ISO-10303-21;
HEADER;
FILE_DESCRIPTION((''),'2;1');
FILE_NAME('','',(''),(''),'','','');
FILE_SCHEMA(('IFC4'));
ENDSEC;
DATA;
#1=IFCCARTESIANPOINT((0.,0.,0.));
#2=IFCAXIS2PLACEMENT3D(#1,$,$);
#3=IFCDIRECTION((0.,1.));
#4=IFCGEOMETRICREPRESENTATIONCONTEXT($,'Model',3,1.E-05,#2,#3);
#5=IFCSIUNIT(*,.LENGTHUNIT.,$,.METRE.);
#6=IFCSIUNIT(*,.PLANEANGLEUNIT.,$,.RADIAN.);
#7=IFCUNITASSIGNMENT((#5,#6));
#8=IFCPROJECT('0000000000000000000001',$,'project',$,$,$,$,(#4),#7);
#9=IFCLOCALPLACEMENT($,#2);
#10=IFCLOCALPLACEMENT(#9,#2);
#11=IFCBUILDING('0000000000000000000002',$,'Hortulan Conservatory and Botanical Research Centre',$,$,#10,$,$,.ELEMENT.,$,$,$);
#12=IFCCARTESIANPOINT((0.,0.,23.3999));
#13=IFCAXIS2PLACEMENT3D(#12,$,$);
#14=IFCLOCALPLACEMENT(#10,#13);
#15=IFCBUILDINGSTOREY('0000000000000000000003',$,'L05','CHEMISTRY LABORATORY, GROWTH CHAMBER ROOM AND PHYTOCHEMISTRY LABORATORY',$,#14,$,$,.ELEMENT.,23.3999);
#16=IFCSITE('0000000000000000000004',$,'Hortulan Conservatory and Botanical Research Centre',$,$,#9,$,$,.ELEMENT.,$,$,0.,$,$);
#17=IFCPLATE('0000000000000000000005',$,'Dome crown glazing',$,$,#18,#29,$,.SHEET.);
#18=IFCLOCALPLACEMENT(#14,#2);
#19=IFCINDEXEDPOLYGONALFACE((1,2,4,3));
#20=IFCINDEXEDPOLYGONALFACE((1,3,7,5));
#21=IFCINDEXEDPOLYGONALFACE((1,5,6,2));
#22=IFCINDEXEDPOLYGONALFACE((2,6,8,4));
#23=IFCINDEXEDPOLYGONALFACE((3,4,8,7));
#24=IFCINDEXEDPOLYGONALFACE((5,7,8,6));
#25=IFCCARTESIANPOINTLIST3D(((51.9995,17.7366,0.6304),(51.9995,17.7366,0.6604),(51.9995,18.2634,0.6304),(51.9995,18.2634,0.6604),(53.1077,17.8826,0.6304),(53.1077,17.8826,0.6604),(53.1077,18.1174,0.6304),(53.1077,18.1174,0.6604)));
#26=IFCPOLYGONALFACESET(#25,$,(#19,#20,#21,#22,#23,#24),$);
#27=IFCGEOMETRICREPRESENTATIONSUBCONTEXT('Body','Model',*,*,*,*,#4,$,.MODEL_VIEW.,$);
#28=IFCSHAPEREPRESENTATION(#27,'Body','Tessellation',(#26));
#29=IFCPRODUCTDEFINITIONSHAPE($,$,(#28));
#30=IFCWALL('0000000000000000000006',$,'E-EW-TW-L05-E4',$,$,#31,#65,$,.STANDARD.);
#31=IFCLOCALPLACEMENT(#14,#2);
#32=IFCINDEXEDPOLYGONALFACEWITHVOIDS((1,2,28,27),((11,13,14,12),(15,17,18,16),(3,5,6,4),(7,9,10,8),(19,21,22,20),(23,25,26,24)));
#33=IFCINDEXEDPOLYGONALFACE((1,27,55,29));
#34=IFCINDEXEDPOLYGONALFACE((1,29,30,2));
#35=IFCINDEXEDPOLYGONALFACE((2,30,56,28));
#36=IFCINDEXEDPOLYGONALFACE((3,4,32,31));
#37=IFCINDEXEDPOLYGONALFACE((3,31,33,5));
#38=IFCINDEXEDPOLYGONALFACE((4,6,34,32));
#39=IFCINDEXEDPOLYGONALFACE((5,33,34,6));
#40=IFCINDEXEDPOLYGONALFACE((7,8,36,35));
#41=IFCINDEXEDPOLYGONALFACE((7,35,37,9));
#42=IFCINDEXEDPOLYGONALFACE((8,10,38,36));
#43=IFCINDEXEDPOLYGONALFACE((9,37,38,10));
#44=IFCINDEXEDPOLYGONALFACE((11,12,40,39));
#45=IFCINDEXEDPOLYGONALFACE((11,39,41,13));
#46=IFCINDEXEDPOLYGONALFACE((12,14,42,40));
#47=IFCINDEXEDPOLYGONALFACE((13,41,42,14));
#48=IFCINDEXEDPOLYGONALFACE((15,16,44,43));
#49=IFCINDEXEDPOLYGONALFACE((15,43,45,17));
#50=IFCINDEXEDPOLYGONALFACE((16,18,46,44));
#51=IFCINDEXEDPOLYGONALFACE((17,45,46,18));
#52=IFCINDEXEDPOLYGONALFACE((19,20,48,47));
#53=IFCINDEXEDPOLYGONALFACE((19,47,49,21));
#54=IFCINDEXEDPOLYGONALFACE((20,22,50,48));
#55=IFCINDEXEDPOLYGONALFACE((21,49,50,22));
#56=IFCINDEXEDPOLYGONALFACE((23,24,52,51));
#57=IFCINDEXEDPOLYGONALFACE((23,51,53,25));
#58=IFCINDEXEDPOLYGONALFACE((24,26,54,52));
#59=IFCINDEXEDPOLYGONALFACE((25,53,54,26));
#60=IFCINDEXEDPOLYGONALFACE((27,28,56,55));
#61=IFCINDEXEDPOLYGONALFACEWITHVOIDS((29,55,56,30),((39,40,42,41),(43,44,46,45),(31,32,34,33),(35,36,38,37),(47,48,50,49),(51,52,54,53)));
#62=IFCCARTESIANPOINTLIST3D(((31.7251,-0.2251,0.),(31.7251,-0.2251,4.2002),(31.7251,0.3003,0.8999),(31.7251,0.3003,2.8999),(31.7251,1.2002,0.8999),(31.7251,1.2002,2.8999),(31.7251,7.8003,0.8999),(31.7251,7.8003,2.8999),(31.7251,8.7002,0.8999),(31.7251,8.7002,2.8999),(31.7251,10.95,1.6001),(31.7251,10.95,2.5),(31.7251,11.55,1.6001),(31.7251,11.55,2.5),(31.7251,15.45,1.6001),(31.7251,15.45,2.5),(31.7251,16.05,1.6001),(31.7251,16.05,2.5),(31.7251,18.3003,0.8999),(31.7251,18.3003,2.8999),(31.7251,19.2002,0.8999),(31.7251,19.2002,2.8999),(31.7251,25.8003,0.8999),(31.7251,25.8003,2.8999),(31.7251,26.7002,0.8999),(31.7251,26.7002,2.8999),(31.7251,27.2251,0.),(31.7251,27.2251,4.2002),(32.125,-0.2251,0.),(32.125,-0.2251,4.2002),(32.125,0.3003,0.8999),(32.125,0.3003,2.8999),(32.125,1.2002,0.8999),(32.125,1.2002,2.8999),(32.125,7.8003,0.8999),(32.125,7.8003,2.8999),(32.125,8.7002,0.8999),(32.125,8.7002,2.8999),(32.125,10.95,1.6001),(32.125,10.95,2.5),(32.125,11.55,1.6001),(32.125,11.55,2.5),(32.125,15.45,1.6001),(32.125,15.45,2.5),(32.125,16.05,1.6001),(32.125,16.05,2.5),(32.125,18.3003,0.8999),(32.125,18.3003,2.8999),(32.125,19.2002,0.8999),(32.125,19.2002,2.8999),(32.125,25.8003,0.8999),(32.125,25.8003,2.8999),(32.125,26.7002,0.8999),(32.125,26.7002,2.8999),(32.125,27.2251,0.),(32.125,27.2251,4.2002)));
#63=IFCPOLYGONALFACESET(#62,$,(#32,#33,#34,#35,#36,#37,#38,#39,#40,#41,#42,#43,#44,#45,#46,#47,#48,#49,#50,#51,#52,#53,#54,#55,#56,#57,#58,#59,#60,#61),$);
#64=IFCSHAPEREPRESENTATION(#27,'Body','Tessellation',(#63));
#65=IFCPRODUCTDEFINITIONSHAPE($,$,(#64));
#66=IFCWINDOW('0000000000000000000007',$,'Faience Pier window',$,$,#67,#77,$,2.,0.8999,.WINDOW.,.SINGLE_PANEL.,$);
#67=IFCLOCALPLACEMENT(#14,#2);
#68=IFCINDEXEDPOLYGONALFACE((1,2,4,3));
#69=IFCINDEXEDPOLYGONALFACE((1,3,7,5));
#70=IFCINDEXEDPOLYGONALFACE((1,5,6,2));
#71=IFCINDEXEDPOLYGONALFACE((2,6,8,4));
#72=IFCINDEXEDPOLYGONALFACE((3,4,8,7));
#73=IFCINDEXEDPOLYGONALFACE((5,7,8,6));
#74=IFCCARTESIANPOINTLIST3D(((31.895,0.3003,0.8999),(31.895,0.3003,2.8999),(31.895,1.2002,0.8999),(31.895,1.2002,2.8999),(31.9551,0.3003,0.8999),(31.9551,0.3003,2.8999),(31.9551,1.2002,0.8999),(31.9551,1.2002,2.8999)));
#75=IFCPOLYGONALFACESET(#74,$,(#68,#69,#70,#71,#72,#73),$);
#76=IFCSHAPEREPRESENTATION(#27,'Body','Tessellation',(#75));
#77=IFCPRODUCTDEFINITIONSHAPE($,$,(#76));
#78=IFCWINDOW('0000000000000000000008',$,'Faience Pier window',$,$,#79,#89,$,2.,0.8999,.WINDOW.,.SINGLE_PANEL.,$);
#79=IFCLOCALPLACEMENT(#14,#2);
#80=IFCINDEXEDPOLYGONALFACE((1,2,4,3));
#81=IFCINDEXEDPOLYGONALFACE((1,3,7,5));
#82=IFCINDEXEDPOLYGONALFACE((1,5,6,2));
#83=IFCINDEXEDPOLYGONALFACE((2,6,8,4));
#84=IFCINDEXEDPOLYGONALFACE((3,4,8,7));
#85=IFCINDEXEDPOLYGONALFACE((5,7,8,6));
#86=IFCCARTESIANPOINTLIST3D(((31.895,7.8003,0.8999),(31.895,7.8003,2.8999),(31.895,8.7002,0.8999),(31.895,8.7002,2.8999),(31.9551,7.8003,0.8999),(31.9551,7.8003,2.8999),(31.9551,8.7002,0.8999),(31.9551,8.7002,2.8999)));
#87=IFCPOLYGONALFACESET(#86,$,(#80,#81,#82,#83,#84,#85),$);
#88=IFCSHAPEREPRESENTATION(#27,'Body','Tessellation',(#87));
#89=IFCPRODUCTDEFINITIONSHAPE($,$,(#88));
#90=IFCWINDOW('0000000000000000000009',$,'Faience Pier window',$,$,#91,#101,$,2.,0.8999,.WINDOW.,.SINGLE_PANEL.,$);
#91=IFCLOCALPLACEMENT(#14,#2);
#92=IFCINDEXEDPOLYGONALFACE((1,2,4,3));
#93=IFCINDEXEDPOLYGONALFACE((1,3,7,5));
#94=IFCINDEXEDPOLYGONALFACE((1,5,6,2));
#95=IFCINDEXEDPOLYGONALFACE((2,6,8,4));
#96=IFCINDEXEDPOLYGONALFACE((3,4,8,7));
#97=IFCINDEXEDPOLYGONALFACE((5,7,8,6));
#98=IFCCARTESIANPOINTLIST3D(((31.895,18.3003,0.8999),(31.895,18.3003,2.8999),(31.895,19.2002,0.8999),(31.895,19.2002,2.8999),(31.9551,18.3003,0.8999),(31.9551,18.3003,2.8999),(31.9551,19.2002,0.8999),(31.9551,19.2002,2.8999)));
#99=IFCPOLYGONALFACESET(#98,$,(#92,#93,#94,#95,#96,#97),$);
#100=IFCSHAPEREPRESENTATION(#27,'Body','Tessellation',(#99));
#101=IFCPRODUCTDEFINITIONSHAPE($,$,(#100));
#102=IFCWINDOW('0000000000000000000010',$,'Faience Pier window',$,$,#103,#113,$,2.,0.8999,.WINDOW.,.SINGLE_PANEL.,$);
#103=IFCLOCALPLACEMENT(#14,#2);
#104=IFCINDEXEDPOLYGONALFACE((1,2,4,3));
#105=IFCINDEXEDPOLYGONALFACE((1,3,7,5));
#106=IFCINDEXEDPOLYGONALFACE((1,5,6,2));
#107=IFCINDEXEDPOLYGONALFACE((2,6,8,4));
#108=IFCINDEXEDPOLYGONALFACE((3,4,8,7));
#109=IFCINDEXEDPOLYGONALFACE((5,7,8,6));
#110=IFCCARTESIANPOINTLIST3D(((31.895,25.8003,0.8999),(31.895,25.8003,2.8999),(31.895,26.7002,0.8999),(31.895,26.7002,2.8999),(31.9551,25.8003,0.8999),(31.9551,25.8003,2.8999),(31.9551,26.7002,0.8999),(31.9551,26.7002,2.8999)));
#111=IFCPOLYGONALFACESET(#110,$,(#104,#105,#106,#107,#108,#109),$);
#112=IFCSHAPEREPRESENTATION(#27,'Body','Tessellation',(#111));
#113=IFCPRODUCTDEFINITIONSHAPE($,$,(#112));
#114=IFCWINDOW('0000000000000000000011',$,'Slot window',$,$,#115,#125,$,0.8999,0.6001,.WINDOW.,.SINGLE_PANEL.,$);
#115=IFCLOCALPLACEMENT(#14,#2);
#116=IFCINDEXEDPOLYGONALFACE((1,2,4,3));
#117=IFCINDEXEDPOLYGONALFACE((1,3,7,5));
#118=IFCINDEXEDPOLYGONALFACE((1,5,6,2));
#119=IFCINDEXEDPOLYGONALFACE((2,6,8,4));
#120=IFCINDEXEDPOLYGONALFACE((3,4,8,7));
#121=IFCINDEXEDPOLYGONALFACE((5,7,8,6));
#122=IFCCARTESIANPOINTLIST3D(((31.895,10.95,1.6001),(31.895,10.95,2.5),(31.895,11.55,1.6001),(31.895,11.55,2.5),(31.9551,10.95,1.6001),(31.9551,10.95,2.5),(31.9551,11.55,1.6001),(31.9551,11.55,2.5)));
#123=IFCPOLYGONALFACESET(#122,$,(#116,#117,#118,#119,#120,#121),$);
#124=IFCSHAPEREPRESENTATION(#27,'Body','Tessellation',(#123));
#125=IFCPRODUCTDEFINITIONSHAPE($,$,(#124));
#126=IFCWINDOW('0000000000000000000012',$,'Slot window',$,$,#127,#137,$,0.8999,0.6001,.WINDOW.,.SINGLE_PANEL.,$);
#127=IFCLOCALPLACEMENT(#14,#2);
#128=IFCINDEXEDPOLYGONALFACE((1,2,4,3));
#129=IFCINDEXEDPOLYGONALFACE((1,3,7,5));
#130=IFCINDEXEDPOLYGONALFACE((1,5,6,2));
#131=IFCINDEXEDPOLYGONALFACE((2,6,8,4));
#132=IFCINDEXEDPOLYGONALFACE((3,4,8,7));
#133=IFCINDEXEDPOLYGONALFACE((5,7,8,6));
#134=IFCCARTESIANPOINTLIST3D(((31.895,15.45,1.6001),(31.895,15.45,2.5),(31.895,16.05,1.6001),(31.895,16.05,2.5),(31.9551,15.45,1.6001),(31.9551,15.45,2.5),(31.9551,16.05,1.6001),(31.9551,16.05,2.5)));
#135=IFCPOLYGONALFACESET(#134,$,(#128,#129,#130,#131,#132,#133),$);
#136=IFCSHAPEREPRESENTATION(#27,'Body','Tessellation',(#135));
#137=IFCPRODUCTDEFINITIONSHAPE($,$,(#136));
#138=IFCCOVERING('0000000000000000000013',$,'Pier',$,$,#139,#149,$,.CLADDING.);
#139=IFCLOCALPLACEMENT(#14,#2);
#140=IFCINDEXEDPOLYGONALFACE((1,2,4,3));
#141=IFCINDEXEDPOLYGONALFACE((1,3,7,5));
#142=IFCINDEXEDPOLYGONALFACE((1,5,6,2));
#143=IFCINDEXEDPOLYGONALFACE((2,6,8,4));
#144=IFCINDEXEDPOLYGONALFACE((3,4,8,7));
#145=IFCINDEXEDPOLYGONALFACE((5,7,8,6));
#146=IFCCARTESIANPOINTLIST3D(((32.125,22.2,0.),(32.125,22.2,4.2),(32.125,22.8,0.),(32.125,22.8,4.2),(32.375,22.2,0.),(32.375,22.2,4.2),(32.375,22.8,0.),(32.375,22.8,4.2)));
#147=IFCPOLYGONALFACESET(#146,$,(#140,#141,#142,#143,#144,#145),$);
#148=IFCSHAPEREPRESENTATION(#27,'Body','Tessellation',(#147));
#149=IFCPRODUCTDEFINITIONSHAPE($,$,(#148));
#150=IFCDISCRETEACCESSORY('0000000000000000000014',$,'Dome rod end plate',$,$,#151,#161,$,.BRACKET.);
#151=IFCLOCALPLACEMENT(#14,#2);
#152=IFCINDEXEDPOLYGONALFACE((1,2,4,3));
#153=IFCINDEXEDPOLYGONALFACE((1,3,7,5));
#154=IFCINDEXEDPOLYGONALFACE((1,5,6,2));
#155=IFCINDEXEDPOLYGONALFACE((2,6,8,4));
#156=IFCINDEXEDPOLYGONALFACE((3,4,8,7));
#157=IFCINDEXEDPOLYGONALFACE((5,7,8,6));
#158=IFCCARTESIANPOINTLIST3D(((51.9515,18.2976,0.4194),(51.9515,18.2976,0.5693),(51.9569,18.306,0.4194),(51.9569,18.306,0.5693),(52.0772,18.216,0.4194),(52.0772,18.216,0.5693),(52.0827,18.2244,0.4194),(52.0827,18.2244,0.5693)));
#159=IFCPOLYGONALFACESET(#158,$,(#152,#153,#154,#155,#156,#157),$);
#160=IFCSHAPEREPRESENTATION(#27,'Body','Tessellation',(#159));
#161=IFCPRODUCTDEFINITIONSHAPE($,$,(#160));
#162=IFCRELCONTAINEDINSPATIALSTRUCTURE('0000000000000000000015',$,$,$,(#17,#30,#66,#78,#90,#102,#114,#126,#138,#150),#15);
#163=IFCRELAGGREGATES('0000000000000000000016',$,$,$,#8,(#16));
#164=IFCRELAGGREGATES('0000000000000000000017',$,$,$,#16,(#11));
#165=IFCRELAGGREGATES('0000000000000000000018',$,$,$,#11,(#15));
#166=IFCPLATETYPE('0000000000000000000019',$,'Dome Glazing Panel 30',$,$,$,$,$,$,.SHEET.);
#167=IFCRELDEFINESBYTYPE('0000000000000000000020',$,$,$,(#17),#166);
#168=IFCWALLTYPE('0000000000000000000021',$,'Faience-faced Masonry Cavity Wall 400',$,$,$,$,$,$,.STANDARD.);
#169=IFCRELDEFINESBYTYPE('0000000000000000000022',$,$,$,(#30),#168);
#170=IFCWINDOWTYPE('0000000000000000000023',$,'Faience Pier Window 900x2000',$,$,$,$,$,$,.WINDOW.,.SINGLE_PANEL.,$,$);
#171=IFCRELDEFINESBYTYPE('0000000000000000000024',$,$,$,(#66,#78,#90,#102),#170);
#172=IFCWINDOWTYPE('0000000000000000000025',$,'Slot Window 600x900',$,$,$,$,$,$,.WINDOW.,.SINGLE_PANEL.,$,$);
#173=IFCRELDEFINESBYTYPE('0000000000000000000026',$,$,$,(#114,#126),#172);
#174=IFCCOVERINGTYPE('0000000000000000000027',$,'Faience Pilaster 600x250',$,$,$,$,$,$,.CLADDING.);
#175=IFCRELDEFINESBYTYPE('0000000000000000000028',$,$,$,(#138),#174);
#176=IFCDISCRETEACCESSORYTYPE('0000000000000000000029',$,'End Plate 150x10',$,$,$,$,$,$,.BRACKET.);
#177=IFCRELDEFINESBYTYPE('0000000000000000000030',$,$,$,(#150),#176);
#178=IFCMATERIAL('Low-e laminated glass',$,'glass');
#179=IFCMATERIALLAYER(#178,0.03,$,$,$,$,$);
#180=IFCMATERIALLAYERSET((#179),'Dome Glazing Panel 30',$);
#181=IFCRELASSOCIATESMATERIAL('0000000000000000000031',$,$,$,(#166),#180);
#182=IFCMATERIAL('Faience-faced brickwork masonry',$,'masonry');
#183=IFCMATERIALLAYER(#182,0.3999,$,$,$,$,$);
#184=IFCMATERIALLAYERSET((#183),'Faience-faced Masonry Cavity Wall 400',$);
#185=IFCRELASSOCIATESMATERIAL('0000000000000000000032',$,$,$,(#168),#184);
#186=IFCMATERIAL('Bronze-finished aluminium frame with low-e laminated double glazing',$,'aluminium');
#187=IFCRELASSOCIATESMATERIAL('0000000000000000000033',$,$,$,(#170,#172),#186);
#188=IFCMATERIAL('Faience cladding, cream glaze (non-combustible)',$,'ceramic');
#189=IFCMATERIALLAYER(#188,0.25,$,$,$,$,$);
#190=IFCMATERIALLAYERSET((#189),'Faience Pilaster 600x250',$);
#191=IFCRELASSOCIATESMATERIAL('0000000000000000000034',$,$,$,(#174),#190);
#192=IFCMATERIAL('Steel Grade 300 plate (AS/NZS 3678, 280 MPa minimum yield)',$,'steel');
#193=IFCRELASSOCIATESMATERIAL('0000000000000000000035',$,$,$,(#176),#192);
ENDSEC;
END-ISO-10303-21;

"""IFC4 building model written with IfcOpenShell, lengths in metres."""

from ifc_helpers import new_model, si_unit, direction, frame, frame_2d, origin, origin_2d, place, context, subcontext, project, spatial, polyline, rectangle, outline, extrude, material, layer, layer_set, type_object, element, fill, save


model = new_model("IFC4")

# Units and contexts
model_context = context("Model", 3, precision=1e-05, world=origin(), true_north=direction((0.0, 1.0)))
body_context = subcontext(model_context, "Body", "Model", "MODEL_VIEW")
ifc_project = project(units=[si_unit("LENGTHUNIT", "METRE"), si_unit("PLANEANGLEUNIT", "RADIAN")], contexts=[model_context])

# Site, building, storey
site_placement = place(None, origin())
site = spatial("IfcSite", under=ifc_project, at=site_placement, Name="Hortulan Conservatory and Botanical Research Centre", CompositionType="ELEMENT", RefElevation=0.0)
building_placement = place(site_placement, origin())
building = spatial("IfcBuilding", under=site, at=building_placement, Name="Hortulan Conservatory and Botanical Research Centre", CompositionType="ELEMENT")
storey_placement = place(building_placement, frame((0.0, 0.0, 23.3999)))
storey = spatial("IfcBuildingStorey", under=building, at=storey_placement, Name="L05", Description="CHEMISTRY LABORATORY, GROWTH CHAMBER ROOM AND PHYTOCHEMISTRY LABORATORY", CompositionType="ELEMENT", Elevation=23.3999)

# Plate
ifc_material_1 = material(Name="Low-e laminated glass", Category="glass")
ifc_layer_1 = layer(ifc_material_1, 0.03)
ifc_layer_set_1 = layer_set([ifc_layer_1], Name="Dome Glazing Panel 30")
plate_type = type_object("IfcPlateType", Name="Dome Glazing Panel 30", PredefinedType="SHEET", material=ifc_layer_set_1)
plate_1_placement = place(storey_placement, frame((51.9995, 18.2634, 0.6604), z_axis=(0.0, 0.0, 1.0), x_axis=(0.0, -1.0, 0.0)))
element("IfcPlate", 1, at=plate_1_placement, inside=storey, type_object=plate_type, Name="Dome crown glazing", PredefinedType="SHEET", context=body_context, shape_type="SweptSolid", body=[
    extrude(outline(polyline([(0.0, 0.0), (0.5269, 0.0), (0.3809, 1.1082), (0.146, 1.1082), (0.0, 0.0)])), origin(), (0.0, 0.0, -1.0), 0.03),
])

# Wall, openings, windows
ifc_material_2 = material(Name="Faience-faced brickwork masonry", Category="masonry")
ifc_layer_2 = layer(ifc_material_2, 0.3999)
ifc_layer_set_2 = layer_set([ifc_layer_2], Name="Faience-faced Masonry Cavity Wall 400")
wall_type = type_object("IfcWallType", Name="Faience-faced Masonry Cavity Wall 400", PredefinedType="STANDARD", material=ifc_layer_set_2)
wall_placement = place(storey_placement, frame((31.925, 27.2251, 0.0), z_axis=(0.0, 0.0, 1.0), x_axis=(0.0, -1.0, 0.0)))
wall = element("IfcWall", 2, at=wall_placement, inside=storey, type_object=wall_type, Name="E-EW-TW-L05-E4", PredefinedType="STANDARD", context=body_context, shape_type="SweptSolid", body=[
    extrude(rectangle(XDim=27.4502, YDim=0.3999, at=frame_2d((13.7251, 0.0))), origin(), (0.0, 0.0, 1.0), 4.2002),
])
opening_1_placement = place(wall_placement, frame((26.0249, 0.0, 0.8999)))
opening_1 = element("IfcOpeningElement", 3, at=opening_1_placement, cuts=wall, PredefinedType="OPENING", context=body_context, shape_type="SweptSolid", body=[
    extrude(rectangle(XDim=0.8999, YDim=2.0, at=frame_2d((0.45, 1.0))), frame((0.0, 0.21, 0.0), z_axis=(0.0, -1.0, 0.0), x_axis=(1.0, 0.0, 0.0)), (0.0, 0.0, 1.0), 0.4199),
])
opening_2_placement = place(wall_placement, frame((18.5249, 0.0, 0.8999)))
opening_2 = element("IfcOpeningElement", 4, at=opening_2_placement, cuts=wall, PredefinedType="OPENING", context=body_context, shape_type="SweptSolid", body=[
    extrude(rectangle(XDim=0.8999, YDim=2.0, at=frame_2d((0.45, 1.0))), frame((0.0, 0.21, 0.0), z_axis=(0.0, -1.0, 0.0), x_axis=(1.0, 0.0, 0.0)), (0.0, 0.0, 1.0), 0.4199),
])
opening_3_placement = place(wall_placement, frame((15.675, 0.0, 1.6001)))
opening_3 = element("IfcOpeningElement", 5, at=opening_3_placement, cuts=wall, PredefinedType="OPENING", context=body_context, shape_type="SweptSolid", body=[
    extrude(rectangle(XDim=0.6001, YDim=0.8999, at=frame_2d((0.3, 0.45))), frame((0.0, 0.21, 0.0), z_axis=(0.0, -1.0, 0.0), x_axis=(1.0, 0.0, 0.0)), (0.0, 0.0, 1.0), 0.4199),
])
opening_4_placement = place(wall_placement, frame((11.175, 0.0, 1.6001)))
opening_4 = element("IfcOpeningElement", 6, at=opening_4_placement, cuts=wall, PredefinedType="OPENING", context=body_context, shape_type="SweptSolid", body=[
    extrude(rectangle(XDim=0.6001, YDim=0.8999, at=frame_2d((0.3, 0.45))), frame((0.0, 0.21, 0.0), z_axis=(0.0, -1.0, 0.0), x_axis=(1.0, 0.0, 0.0)), (0.0, 0.0, 1.0), 0.4199),
])
opening_5_placement = place(wall_placement, frame((8.0249, 0.0, 0.8999)))
opening_5 = element("IfcOpeningElement", 7, at=opening_5_placement, cuts=wall, PredefinedType="OPENING", context=body_context, shape_type="SweptSolid", body=[
    extrude(rectangle(XDim=0.8999, YDim=2.0, at=frame_2d((0.45, 1.0))), frame((0.0, 0.21, 0.0), z_axis=(0.0, -1.0, 0.0), x_axis=(1.0, 0.0, 0.0)), (0.0, 0.0, 1.0), 0.4199),
])
opening_6_placement = place(wall_placement, frame((0.5249, 0.0, 0.8999)))
opening_6 = element("IfcOpeningElement", 8, at=opening_6_placement, cuts=wall, PredefinedType="OPENING", context=body_context, shape_type="SweptSolid", body=[
    extrude(rectangle(XDim=0.8999, YDim=2.0, at=frame_2d((0.45, 1.0))), frame((0.0, 0.21, 0.0), z_axis=(0.0, -1.0, 0.0), x_axis=(1.0, 0.0, 0.0)), (0.0, 0.0, 1.0), 0.4199),
])
ifc_material_3 = material(Name="Bronze-finished aluminium frame with low-e laminated double glazing", Category="aluminium")
window_type_1 = type_object("IfcWindowType", Name="Faience Pier Window 900x2000", PartitioningType="SINGLE_PANEL", PredefinedType="WINDOW", material=ifc_material_3)
window_1_placement = place(opening_1_placement, origin())
window_1 = element("IfcWindow", 9, at=window_1_placement, inside=storey, type_object=window_type_1, Name="Faience Pier window", OverallHeight=2.0, OverallWidth=0.8999, PartitioningType="SINGLE_PANEL", PredefinedType="WINDOW", context=body_context, shape_type="SweptSolid", body=[
    extrude(rectangle(XDim=0.8999, YDim=2.0, at=frame_2d((0.45, 1.0))), frame((0.0, 0.03, 0.0), z_axis=(0.0, -1.0, 0.0), x_axis=(1.0, 0.0, 0.0)), (0.0, 0.0, 1.0), 0.0601),
])
fill(opening_1, window_1)
window_2_placement = place(opening_2_placement, origin())
window_2 = element("IfcWindow", 10, at=window_2_placement, inside=storey, type_object=window_type_1, Name="Faience Pier window", OverallHeight=2.0, OverallWidth=0.8999, PartitioningType="SINGLE_PANEL", PredefinedType="WINDOW", context=body_context, shape_type="SweptSolid", body=[
    extrude(rectangle(XDim=0.8999, YDim=2.0, at=frame_2d((0.45, 1.0))), frame((0.0, 0.03, 0.0), z_axis=(0.0, -1.0, 0.0), x_axis=(1.0, 0.0, 0.0)), (0.0, 0.0, 1.0), 0.0601),
])
fill(opening_2, window_2)
window_3_placement = place(opening_5_placement, origin())
window_3 = element("IfcWindow", 11, at=window_3_placement, inside=storey, type_object=window_type_1, Name="Faience Pier window", OverallHeight=2.0, OverallWidth=0.8999, PartitioningType="SINGLE_PANEL", PredefinedType="WINDOW", context=body_context, shape_type="SweptSolid", body=[
    extrude(rectangle(XDim=0.8999, YDim=2.0, at=frame_2d((0.45, 1.0))), frame((0.0, 0.03, 0.0), z_axis=(0.0, -1.0, 0.0), x_axis=(1.0, 0.0, 0.0)), (0.0, 0.0, 1.0), 0.0601),
])
fill(opening_5, window_3)
window_4_placement = place(opening_6_placement, origin())
window_4 = element("IfcWindow", 12, at=window_4_placement, inside=storey, type_object=window_type_1, Name="Faience Pier window", OverallHeight=2.0, OverallWidth=0.8999, PartitioningType="SINGLE_PANEL", PredefinedType="WINDOW", context=body_context, shape_type="SweptSolid", body=[
    extrude(rectangle(XDim=0.8999, YDim=2.0, at=frame_2d((0.45, 1.0))), frame((0.0, 0.03, 0.0), z_axis=(0.0, -1.0, 0.0), x_axis=(1.0, 0.0, 0.0)), (0.0, 0.0, 1.0), 0.0601),
])
fill(opening_6, window_4)
window_type_2 = type_object("IfcWindowType", Name="Slot Window 600x900", PartitioningType="SINGLE_PANEL", PredefinedType="WINDOW", material=ifc_material_3)
window_5_placement = place(opening_3_placement, origin())
window_5 = element("IfcWindow", 13, at=window_5_placement, inside=storey, type_object=window_type_2, Name="Slot window", OverallHeight=0.8999, OverallWidth=0.6001, PartitioningType="SINGLE_PANEL", PredefinedType="WINDOW", context=body_context, shape_type="SweptSolid", body=[
    extrude(rectangle(XDim=0.6001, YDim=0.8999, at=frame_2d((0.3, 0.45))), frame((0.0, 0.03, 0.0), z_axis=(0.0, -1.0, 0.0), x_axis=(1.0, 0.0, 0.0)), (0.0, 0.0, 1.0), 0.0601),
])
fill(opening_3, window_5)
window_6_placement = place(opening_4_placement, origin())
window_6 = element("IfcWindow", 14, at=window_6_placement, inside=storey, type_object=window_type_2, Name="Slot window", OverallHeight=0.8999, OverallWidth=0.6001, PartitioningType="SINGLE_PANEL", PredefinedType="WINDOW", context=body_context, shape_type="SweptSolid", body=[
    extrude(rectangle(XDim=0.6001, YDim=0.8999, at=frame_2d((0.3, 0.45))), frame((0.0, 0.03, 0.0), z_axis=(0.0, -1.0, 0.0), x_axis=(1.0, 0.0, 0.0)), (0.0, 0.0, 1.0), 0.0601),
])
fill(opening_4, window_6)

# Covering
ifc_material_4 = material(Name="Faience cladding, cream glaze (non-combustible)", Category="ceramic")
ifc_layer_3 = layer(ifc_material_4, 0.25)
ifc_layer_set_3 = layer_set([ifc_layer_3], Name="Faience Pilaster 600x250")
covering_type = type_object("IfcCoveringType", Name="Faience Pilaster 600x250", PredefinedType="CLADDING", material=ifc_layer_set_3)
covering_placement = place(storey_placement, frame((32.25, 22.5, 0.0), z_axis=(0.0, 0.0, 1.0), x_axis=(0.0, 1.0, 0.0)))
element("IfcCovering", 15, at=covering_placement, inside=storey, type_object=covering_type, Name="Pier", PredefinedType="CLADDING", context=body_context, shape_type="SweptSolid", body=[
    extrude(rectangle(XDim=0.6001, YDim=0.25, at=origin_2d()), origin(), (0.0, 0.0, 1.0), 4.2),
])

# Discrete accessory
ifc_material_5 = material(Name="Steel Grade 300 plate (AS/NZS 3678, 280 MPa minimum yield)", Category="steel")
discrete_accessory_type_1 = type_object("IfcDiscreteAccessoryType", Name="End Plate 150x10", PredefinedType="BRACKET", material=ifc_material_5)
discrete_accessory_1_placement = place(storey_placement, frame((52.0171, 18.261, 0.4194), z_axis=(0.0, 0.0, 1.0), x_axis=(0.838965, -0.544185, 0.0)))
element("IfcDiscreteAccessory", 16, at=discrete_accessory_1_placement, inside=storey, type_object=discrete_accessory_type_1, Name="Dome rod end plate", PredefinedType="BRACKET", context=body_context, shape_type="SweptSolid", body=[
    extrude(rectangle(XDim=0.1499, YDim=0.01, at=origin_2d()), origin(), (0.0, 0.0, 1.0), 0.1499),
])

save(model, "model.ifc")
